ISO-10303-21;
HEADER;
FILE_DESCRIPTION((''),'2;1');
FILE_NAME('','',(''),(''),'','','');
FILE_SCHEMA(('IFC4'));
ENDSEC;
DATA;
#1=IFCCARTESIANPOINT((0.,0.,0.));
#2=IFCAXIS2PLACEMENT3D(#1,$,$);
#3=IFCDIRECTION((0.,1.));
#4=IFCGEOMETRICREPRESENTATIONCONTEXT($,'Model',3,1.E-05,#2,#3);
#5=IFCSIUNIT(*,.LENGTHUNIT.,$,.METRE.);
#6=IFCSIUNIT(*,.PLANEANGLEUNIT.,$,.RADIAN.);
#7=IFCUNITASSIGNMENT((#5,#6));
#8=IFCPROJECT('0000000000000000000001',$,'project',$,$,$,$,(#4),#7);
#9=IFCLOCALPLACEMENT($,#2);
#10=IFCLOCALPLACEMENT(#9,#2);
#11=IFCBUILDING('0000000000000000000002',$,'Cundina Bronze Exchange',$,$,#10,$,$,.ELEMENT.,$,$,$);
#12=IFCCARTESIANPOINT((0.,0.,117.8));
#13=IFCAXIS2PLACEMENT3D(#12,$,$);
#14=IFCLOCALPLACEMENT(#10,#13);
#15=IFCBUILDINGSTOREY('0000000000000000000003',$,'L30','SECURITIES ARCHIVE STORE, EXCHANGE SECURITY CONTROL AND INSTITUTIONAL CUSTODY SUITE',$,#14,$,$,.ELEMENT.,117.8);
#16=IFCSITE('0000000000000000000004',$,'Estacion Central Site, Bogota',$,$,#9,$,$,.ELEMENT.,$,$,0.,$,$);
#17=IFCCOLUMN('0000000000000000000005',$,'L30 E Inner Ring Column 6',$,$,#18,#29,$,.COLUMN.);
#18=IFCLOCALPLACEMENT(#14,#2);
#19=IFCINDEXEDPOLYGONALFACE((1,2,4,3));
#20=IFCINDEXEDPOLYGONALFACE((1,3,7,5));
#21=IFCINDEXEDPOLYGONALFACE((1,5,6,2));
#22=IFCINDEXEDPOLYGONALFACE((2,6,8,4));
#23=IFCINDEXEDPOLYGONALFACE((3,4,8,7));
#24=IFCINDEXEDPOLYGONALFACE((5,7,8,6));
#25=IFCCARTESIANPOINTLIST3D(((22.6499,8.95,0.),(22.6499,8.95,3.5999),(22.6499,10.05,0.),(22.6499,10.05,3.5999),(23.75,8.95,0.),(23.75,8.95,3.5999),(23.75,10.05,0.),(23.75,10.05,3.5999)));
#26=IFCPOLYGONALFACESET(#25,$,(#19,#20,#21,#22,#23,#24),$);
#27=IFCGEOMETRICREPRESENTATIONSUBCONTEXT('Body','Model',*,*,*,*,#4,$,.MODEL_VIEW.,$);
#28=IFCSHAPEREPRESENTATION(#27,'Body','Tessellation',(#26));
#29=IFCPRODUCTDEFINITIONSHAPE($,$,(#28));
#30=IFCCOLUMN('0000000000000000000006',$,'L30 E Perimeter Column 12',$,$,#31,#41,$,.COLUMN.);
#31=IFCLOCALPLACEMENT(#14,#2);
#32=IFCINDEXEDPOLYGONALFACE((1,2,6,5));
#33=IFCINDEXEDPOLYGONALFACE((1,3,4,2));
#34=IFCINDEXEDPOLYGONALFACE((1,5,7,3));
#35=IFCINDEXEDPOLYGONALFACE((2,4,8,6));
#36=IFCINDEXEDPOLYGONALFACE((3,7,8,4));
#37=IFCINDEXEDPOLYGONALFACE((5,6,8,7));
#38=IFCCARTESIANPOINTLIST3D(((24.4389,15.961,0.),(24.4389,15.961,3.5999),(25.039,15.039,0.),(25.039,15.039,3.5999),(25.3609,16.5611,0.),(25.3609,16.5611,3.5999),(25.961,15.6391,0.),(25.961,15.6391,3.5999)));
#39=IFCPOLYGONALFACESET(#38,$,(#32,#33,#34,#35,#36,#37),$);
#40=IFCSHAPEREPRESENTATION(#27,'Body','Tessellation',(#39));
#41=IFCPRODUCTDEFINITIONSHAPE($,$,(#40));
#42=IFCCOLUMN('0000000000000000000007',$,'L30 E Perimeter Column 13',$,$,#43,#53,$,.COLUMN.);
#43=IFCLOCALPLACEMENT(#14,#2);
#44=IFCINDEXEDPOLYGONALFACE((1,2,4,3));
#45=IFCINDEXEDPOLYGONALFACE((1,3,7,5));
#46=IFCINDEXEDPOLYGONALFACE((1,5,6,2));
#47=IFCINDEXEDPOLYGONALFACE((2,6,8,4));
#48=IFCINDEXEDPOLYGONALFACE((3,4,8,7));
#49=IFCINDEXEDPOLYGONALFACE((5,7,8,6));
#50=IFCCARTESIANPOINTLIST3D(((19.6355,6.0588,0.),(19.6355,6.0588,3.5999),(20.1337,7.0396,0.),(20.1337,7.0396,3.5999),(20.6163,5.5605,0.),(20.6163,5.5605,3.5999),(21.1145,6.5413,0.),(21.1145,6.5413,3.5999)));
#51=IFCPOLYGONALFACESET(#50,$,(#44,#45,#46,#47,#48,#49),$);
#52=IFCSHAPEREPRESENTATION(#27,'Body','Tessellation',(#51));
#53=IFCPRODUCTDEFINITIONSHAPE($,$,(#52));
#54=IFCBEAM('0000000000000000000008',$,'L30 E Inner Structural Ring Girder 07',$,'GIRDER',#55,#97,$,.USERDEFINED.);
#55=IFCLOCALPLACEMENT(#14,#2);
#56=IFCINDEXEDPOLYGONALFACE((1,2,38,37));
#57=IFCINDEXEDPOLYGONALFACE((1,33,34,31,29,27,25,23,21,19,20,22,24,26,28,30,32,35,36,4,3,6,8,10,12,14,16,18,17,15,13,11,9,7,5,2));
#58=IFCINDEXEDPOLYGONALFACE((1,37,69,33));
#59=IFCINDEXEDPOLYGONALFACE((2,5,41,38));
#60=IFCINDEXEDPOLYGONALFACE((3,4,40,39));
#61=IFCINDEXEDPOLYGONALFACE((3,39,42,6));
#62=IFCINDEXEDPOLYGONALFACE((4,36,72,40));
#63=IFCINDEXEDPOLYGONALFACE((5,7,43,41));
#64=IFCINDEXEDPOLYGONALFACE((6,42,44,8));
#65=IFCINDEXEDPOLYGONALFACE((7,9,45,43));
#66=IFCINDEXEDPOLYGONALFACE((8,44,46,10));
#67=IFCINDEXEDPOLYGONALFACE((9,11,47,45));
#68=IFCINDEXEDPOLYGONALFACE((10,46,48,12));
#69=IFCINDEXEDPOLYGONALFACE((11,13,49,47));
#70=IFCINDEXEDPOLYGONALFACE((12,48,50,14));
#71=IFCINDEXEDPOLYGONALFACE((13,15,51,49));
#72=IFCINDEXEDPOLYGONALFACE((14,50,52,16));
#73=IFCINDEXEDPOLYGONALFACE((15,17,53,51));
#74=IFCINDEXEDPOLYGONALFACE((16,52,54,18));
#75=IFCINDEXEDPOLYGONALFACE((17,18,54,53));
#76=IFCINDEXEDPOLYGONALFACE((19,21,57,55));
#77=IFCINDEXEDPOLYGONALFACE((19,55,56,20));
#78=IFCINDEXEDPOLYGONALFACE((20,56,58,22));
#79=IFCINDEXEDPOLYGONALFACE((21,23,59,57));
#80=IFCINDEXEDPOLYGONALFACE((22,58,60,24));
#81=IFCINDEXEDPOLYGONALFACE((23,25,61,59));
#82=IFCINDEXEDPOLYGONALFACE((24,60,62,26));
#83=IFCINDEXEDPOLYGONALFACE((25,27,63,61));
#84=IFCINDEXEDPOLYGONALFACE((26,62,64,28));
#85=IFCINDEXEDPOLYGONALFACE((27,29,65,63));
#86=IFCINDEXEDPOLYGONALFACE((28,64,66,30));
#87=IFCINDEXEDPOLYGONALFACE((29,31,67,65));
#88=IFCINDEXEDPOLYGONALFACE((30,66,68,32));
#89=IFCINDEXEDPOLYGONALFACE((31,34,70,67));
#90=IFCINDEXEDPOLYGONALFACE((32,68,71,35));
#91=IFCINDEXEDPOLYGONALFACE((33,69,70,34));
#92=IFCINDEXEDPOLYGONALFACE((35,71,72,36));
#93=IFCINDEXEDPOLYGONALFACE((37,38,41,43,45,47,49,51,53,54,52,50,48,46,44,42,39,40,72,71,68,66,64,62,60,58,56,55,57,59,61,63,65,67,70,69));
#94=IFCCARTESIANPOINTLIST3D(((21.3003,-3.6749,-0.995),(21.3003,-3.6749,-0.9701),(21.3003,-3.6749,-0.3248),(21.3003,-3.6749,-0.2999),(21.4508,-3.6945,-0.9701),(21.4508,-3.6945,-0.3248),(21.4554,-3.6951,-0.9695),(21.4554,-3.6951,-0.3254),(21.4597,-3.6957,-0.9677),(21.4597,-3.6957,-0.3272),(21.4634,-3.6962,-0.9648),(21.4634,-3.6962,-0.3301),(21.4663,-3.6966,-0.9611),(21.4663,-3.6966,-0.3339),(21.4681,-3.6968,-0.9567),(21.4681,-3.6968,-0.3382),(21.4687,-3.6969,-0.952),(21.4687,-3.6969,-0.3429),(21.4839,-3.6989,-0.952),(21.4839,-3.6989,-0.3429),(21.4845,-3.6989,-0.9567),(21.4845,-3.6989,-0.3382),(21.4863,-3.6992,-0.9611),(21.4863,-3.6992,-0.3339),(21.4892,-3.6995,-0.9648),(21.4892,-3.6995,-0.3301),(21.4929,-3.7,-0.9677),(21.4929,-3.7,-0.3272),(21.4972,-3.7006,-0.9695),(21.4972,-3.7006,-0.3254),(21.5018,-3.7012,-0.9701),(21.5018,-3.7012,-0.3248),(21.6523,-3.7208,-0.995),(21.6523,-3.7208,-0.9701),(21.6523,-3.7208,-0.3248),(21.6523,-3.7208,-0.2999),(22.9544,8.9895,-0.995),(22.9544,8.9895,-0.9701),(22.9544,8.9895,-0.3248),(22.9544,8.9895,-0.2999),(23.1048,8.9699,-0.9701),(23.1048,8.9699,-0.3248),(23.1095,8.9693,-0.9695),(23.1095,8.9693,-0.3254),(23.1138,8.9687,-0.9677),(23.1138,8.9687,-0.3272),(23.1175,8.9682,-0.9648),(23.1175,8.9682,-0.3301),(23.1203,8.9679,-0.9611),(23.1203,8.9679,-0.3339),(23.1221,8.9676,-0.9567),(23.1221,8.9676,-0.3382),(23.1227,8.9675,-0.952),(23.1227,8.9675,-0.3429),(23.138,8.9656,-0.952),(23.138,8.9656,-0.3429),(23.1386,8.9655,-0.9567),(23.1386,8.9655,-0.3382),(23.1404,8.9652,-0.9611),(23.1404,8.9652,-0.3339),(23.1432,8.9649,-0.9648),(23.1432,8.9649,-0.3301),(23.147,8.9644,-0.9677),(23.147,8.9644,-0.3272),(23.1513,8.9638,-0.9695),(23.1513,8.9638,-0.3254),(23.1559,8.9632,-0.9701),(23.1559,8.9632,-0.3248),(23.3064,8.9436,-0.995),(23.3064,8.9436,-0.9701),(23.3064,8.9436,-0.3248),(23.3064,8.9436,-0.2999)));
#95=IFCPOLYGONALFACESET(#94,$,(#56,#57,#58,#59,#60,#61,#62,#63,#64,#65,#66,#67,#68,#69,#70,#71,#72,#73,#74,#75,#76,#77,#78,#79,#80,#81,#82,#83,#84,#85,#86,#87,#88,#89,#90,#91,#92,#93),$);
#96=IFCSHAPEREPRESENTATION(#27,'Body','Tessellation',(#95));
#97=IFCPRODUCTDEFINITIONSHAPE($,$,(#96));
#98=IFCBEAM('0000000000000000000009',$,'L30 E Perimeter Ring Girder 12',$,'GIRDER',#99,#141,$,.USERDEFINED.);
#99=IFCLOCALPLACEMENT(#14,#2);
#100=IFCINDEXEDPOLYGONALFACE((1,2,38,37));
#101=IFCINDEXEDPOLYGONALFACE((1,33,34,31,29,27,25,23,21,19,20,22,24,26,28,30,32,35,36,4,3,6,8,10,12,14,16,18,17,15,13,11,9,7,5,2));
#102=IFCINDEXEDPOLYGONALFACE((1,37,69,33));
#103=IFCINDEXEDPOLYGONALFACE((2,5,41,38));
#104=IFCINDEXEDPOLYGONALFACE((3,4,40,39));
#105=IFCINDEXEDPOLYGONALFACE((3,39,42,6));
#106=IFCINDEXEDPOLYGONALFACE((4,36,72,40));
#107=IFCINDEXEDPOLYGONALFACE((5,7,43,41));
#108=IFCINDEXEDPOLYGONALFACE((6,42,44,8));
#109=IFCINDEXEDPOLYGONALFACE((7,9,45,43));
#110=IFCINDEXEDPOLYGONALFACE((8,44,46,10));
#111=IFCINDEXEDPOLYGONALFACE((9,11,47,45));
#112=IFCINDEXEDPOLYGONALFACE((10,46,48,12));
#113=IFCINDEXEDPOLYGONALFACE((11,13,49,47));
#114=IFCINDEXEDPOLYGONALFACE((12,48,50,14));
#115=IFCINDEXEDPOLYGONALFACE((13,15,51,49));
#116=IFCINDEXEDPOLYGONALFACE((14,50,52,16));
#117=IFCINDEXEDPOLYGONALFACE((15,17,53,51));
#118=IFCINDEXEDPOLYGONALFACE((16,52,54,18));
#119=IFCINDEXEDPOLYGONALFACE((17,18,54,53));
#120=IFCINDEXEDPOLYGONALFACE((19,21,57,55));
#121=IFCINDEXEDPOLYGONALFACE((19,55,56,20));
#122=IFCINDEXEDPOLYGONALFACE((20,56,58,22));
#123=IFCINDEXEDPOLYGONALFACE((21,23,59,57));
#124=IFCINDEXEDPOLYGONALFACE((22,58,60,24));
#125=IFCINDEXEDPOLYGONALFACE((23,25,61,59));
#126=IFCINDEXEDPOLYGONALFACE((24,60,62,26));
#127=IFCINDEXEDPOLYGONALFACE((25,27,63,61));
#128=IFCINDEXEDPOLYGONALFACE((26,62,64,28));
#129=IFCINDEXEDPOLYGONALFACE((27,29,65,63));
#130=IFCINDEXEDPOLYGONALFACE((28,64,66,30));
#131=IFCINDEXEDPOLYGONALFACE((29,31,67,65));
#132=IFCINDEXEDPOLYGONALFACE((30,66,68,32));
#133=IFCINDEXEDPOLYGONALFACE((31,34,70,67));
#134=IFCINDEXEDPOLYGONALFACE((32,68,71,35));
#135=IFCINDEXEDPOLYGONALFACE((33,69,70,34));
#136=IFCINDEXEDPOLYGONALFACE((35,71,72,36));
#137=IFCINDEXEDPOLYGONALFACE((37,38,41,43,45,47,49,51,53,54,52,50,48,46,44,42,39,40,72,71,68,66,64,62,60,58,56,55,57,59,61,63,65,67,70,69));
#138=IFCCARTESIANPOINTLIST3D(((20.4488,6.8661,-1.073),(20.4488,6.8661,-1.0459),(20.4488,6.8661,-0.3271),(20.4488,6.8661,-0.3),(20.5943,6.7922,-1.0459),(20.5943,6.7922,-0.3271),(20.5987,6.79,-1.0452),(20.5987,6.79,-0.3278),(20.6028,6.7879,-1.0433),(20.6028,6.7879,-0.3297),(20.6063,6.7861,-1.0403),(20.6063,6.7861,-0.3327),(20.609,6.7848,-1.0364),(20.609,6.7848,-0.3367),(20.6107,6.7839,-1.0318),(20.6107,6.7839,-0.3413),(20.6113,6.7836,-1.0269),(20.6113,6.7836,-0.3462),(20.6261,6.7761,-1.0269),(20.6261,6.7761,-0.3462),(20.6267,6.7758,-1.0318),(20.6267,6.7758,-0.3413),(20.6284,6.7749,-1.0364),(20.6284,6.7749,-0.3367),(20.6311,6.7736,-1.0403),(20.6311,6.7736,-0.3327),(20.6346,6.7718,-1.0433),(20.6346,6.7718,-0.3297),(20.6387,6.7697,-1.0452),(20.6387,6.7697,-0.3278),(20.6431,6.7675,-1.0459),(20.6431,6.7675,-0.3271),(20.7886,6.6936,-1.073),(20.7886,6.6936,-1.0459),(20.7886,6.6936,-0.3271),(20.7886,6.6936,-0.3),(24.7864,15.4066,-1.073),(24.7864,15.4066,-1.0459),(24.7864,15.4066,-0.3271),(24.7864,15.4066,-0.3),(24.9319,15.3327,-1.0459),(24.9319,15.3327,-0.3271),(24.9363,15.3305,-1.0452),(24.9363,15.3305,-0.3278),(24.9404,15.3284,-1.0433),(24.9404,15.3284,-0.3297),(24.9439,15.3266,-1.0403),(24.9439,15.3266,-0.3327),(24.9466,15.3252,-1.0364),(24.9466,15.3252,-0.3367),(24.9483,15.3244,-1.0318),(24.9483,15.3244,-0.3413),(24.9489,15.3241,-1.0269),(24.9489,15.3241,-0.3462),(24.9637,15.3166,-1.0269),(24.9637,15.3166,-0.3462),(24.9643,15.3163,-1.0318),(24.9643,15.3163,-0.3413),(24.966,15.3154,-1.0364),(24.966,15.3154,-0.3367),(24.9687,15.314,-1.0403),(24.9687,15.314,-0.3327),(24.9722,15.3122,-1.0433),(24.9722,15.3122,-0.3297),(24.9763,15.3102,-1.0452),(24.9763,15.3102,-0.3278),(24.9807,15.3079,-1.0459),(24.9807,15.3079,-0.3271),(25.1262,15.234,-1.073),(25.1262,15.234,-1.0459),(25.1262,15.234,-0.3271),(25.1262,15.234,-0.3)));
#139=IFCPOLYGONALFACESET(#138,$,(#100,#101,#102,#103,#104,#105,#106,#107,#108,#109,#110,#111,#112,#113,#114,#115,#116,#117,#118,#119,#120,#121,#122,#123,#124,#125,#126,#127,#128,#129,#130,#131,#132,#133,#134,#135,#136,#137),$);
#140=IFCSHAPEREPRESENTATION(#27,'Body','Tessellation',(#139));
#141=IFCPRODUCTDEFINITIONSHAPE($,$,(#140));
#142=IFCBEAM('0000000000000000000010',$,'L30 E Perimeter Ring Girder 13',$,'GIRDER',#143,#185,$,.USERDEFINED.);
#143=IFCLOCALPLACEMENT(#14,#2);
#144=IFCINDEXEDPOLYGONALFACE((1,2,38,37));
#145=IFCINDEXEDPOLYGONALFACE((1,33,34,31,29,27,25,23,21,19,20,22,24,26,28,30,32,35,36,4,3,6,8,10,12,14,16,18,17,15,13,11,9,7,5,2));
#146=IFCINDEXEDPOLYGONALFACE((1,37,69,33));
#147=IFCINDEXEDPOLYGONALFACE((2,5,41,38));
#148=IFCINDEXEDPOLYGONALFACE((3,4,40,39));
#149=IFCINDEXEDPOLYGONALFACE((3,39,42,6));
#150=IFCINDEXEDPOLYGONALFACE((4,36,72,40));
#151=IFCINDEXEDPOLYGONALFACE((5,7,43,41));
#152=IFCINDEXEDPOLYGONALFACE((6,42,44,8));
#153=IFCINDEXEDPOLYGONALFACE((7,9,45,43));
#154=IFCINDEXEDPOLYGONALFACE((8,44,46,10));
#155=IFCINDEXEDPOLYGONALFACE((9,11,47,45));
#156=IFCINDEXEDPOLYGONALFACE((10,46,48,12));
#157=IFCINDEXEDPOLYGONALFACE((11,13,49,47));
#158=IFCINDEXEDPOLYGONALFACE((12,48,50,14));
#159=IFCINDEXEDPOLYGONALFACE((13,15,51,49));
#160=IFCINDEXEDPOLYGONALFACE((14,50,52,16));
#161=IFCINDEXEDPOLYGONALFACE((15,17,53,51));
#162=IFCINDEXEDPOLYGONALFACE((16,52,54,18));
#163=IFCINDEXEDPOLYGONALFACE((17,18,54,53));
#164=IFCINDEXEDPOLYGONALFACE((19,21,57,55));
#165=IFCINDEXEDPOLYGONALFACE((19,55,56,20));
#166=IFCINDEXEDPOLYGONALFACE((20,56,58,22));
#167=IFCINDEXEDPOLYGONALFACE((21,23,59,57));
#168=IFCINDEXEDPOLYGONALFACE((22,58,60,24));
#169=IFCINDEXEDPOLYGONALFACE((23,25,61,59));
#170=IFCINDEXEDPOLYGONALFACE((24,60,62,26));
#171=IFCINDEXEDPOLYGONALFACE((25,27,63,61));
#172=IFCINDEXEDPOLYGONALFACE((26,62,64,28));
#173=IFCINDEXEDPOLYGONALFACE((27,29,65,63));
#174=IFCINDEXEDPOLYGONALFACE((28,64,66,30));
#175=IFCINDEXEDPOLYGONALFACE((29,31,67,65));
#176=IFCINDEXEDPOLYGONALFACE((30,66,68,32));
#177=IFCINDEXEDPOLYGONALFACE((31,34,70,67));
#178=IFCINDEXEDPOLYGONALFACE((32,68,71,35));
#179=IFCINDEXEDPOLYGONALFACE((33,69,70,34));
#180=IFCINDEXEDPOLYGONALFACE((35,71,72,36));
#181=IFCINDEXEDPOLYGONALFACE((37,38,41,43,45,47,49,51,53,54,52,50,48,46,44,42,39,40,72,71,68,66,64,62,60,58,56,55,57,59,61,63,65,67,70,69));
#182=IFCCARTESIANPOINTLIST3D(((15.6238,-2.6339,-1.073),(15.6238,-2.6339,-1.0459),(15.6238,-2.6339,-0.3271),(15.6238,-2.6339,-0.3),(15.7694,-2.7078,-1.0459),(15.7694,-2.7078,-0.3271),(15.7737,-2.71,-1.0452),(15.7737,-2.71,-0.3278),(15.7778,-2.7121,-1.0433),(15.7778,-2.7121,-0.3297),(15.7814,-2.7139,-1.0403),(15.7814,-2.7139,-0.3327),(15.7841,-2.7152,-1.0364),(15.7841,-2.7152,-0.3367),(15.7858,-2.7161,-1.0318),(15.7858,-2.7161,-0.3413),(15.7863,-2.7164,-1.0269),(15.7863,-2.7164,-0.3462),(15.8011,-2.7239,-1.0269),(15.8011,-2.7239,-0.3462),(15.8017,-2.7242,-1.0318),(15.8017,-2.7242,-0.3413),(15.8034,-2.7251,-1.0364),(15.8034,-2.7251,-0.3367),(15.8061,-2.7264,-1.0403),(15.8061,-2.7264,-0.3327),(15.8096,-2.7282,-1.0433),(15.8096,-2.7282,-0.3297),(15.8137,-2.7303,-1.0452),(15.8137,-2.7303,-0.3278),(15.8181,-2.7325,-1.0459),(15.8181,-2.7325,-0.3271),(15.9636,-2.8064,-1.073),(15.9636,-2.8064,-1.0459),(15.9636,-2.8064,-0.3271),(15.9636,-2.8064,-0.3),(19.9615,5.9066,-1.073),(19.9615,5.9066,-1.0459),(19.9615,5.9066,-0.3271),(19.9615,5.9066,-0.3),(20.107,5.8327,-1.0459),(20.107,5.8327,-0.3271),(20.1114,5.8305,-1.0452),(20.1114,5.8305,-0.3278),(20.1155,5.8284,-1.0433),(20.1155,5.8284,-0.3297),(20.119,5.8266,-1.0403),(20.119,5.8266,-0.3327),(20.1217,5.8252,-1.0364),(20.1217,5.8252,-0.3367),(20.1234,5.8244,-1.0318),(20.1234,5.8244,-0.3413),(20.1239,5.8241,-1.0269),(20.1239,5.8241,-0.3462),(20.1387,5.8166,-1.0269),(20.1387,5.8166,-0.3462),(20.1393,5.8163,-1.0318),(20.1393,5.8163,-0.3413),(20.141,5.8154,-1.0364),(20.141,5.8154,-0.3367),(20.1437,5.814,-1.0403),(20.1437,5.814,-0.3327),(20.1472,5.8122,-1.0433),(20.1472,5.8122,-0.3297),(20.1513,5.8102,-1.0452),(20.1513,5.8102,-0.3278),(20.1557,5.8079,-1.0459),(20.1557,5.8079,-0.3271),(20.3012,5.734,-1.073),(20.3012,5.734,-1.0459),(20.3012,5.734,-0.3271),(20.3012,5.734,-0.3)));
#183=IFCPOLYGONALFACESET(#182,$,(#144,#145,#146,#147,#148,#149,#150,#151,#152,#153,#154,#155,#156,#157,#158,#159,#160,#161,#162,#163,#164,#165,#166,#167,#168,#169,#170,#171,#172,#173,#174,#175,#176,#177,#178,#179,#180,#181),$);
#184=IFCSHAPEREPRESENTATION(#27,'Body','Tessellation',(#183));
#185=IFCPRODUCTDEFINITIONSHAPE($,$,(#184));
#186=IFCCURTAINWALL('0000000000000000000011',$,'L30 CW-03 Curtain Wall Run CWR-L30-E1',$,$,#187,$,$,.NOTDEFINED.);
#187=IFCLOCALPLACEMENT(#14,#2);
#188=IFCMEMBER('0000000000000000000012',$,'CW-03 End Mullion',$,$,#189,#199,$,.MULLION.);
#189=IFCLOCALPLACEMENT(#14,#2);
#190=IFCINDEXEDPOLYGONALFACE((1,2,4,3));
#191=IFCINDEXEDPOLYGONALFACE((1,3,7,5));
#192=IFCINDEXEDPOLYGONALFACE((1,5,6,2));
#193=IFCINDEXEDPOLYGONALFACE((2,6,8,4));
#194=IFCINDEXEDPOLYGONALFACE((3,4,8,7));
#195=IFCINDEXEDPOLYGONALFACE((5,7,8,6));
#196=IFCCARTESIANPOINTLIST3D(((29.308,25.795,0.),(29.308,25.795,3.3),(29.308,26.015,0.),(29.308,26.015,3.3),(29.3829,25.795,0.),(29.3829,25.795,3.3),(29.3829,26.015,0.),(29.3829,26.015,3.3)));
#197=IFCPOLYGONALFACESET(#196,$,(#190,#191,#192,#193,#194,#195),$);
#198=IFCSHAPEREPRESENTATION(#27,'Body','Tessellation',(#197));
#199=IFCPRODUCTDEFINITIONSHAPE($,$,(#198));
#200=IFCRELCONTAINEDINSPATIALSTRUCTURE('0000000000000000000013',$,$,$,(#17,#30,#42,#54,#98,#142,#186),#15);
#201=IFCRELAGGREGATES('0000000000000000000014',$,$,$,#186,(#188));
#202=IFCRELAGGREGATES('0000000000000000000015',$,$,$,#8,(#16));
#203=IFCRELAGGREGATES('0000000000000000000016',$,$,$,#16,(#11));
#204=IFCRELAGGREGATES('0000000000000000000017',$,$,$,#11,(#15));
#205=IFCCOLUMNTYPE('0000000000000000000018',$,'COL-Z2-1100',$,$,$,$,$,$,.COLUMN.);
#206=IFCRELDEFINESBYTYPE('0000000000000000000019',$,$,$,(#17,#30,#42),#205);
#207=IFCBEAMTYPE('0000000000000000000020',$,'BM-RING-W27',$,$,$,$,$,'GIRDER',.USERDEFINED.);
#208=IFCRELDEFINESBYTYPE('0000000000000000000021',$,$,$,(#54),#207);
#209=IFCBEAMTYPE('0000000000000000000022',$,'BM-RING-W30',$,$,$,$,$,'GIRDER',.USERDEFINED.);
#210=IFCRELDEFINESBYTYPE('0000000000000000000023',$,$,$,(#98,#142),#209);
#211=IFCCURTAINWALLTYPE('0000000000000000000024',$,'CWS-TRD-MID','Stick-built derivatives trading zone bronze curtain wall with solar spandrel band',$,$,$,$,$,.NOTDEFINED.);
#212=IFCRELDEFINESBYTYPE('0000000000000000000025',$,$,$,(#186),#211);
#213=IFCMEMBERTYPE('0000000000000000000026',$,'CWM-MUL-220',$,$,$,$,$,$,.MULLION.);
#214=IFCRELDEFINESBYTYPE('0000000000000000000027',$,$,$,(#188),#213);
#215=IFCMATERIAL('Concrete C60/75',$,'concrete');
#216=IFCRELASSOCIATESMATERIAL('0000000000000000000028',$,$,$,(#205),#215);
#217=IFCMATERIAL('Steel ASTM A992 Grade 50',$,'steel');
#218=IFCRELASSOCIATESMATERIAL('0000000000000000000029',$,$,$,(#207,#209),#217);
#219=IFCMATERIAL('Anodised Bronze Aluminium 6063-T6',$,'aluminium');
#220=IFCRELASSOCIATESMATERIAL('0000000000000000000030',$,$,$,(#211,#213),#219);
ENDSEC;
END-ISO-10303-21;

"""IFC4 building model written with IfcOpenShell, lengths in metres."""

from ifc_helpers import new_model, si_unit, direction, frame, origin, origin_2d, place, context, subcontext, project, spatial, rectangle, i_section, extrude, material, material_profile, profile_set, type_object, element, aggregate, save


model = new_model("IFC4")

# Units and contexts
model_context = context("Model", 3, precision=1e-05, world=origin(), true_north=direction((0.0, 1.0)))
body_context = subcontext(model_context, "Body", "Model", "MODEL_VIEW")
ifc_project = project(units=[si_unit("LENGTHUNIT", "METRE"), si_unit("PLANEANGLEUNIT", "RADIAN")], contexts=[model_context])

# Site, building, storey
site_placement = place(None, origin())
site = spatial("IfcSite", under=ifc_project, at=site_placement, Name="Estacion Central Site, Bogota", CompositionType="ELEMENT", RefElevation=0.0)
building_placement = place(site_placement, origin())
building = spatial("IfcBuilding", under=site, at=building_placement, Name="Cundina Bronze Exchange", CompositionType="ELEMENT")
storey_placement = place(building_placement, frame((0.0, 0.0, 117.8)))
storey = spatial("IfcBuildingStorey", under=building, at=storey_placement, Name="L30", Description="SECURITIES ARCHIVE STORE, EXCHANGE SECURITY CONTROL AND INSTITUTIONAL CUSTODY SUITE", CompositionType="ELEMENT", Elevation=117.8)

# Columns
ifc_material_1 = material(Name="Concrete C60/75", Category="concrete")
ifc_material_profile_1 = material_profile(ifc_material_1, rectangle(XDim=1.1001, YDim=1.1001, at=origin_2d()), Name="RC1100X1100", Category="concrete")
ifc_profile_set_1 = profile_set([ifc_material_profile_1], Name="Concrete C60/75")
column_type = type_object("IfcColumnType", Name="COL-Z2-1100", PredefinedType="COLUMN", material=ifc_profile_set_1)
for number, where, z_axis, x_axis, name in (
    (1, (23.2, 9.5, 0.0), (0.0, 0.0, 1.0), (1.0, 0.0, 0.0), "L30 E Inner Ring Column 6"),
    (2, (25.2, 15.8, 0.0), (0.0, 0.0, 1.0), (-0.8381, -0.545517, 0.0), "L30 E Perimeter Column 12"),
    (3, (20.375, 6.3, 0.0), (0.0, 0.0, 1.0), (-0.452902, -0.891561, 0.0), "L30 E Perimeter Column 13"),
):
    element("IfcColumn", number, at=place(storey_placement, frame(where, z_axis=z_axis, x_axis=x_axis)), inside=storey, type_object=column_type, Name=name, PredefinedType="COLUMN", context=body_context, shape_type="SweptSolid", body=[
        extrude(rectangle(XDim=1.1001, YDim=1.1001, at=origin_2d()), origin(), (0.0, 0.0, 1.0), 3.5999),
    ])

# Beams
ifc_material_2 = material(Name="Steel ASTM A992 Grade 50", Category="steel")
ifc_material_profile_2 = material_profile(ifc_material_2, i_section(OverallWidth=0.355, OverallDepth=0.6951, WebThickness=0.0154, FlangeThickness=0.0249, FilletRadius=0.0181, at=origin_2d()), Name="W27X146", Category="steel")
ifc_profile_set_2 = profile_set([ifc_material_profile_2], Name="Steel ASTM A992 Grade 50")
beam_type_1 = type_object("IfcBeamType", Name="BM-RING-W27", ElementType="GIRDER", PredefinedType="USERDEFINED", material=ifc_profile_set_2)
beam_placement = place(storey_placement, frame((23.1304, 8.9666, -0.6475), z_axis=(-0.129508, -0.991578, 0.0), x_axis=(0.991578, -0.129508, 0.0)))
element("IfcBeam", 4, at=beam_placement, inside=storey, type_object=beam_type_1, Name="L30 E Inner Structural Ring Girder 07", ObjectType="GIRDER", PredefinedType="USERDEFINED", context=body_context, shape_type="SweptSolid", body=[
    extrude(i_section(OverallWidth=0.355, OverallDepth=0.6951, WebThickness=0.0154, FlangeThickness=0.0249, FilletRadius=0.0181, at=origin_2d()), origin(), (0.0, 0.0, 1.0), 12.772),
])
ifc_material_profile_3 = material_profile(ifc_material_2, i_section(OverallWidth=0.3811, OverallDepth=0.7729, WebThickness=0.0166, FlangeThickness=0.0271, FilletRadius=0.019, at=origin_2d()), Name="W30X173", Category="steel")
ifc_profile_set_3 = profile_set([ifc_material_profile_3], Name="Steel ASTM A992 Grade 50")
beam_type_2 = type_object("IfcBeamType", Name="BM-RING-W30", ElementType="GIRDER", PredefinedType="USERDEFINED", material=ifc_profile_set_3)
for number, where, z_axis, x_axis, name in (
    (5, (24.9563, 15.3203, -0.6865), (-0.452832, -0.891596, 0.0), (0.891596, -0.452832, 0.0), "L30 E Perimeter Ring Girder 12"),
    (6, (20.1313, 5.8203, -0.6865), (-0.452832, -0.891596, 0.0), (0.891596, -0.452832, 0.0), "L30 E Perimeter Ring Girder 13"),
):
    element("IfcBeam", number, at=place(storey_placement, frame(where, z_axis=z_axis, x_axis=x_axis)), inside=storey, type_object=beam_type_2, Name=name, ObjectType="GIRDER", PredefinedType="USERDEFINED", context=body_context, shape_type="SweptSolid", body=[
        extrude(i_section(OverallWidth=0.3811, OverallDepth=0.7729, WebThickness=0.0166, FlangeThickness=0.0271, FilletRadius=0.019, at=origin_2d()), origin(), (0.0, 0.0, 1.0), 9.5789),
    ])

# Curtain wall, member
ifc_material_3 = material(Name="Anodised Bronze Aluminium 6063-T6", Category="aluminium")
curtain_wall_type = type_object("IfcCurtainWallType", Name="CWS-TRD-MID", Description="Stick-built derivatives trading zone bronze curtain wall with solar spandrel band", PredefinedType="NOTDEFINED", material=ifc_material_3)
curtain_wall_1_placement = place(storey_placement, origin())
curtain_wall_1 = element("IfcCurtainWall", 7, at=curtain_wall_1_placement, inside=storey, type_object=curtain_wall_type, Name="L30 CW-03 Curtain Wall Run CWR-L30-E1", PredefinedType="NOTDEFINED")
ifc_material_profile_4 = material_profile(ifc_material_3, rectangle(XDim=0.075, YDim=0.22, at=origin_2d()), Name="AL75X220", Category="aluminium")
ifc_profile_set_4 = profile_set([ifc_material_profile_4], Name="Anodised Bronze Aluminium 6063-T6")
member_type_1 = type_object("IfcMemberType", Name="CWM-MUL-220", PredefinedType="MULLION", material=ifc_profile_set_4)
member_1_placement = place(storey_placement, frame((29.3455, 25.905, 0.0), z_axis=(0.0, 0.0, 1.0), x_axis=(-1.0, 0.0, 0.0)))
member_1 = element("IfcMember", 8, at=member_1_placement, type_object=member_type_1, Name="CW-03 End Mullion", PredefinedType="MULLION", context=body_context, shape_type="SweptSolid", body=[
    extrude(rectangle(XDim=0.075, YDim=0.22, at=origin_2d()), origin(), (0.0, 0.0, 1.0), 3.3),
])
aggregate(curtain_wall_1, [member_1])

save(model, "model.ifc")
